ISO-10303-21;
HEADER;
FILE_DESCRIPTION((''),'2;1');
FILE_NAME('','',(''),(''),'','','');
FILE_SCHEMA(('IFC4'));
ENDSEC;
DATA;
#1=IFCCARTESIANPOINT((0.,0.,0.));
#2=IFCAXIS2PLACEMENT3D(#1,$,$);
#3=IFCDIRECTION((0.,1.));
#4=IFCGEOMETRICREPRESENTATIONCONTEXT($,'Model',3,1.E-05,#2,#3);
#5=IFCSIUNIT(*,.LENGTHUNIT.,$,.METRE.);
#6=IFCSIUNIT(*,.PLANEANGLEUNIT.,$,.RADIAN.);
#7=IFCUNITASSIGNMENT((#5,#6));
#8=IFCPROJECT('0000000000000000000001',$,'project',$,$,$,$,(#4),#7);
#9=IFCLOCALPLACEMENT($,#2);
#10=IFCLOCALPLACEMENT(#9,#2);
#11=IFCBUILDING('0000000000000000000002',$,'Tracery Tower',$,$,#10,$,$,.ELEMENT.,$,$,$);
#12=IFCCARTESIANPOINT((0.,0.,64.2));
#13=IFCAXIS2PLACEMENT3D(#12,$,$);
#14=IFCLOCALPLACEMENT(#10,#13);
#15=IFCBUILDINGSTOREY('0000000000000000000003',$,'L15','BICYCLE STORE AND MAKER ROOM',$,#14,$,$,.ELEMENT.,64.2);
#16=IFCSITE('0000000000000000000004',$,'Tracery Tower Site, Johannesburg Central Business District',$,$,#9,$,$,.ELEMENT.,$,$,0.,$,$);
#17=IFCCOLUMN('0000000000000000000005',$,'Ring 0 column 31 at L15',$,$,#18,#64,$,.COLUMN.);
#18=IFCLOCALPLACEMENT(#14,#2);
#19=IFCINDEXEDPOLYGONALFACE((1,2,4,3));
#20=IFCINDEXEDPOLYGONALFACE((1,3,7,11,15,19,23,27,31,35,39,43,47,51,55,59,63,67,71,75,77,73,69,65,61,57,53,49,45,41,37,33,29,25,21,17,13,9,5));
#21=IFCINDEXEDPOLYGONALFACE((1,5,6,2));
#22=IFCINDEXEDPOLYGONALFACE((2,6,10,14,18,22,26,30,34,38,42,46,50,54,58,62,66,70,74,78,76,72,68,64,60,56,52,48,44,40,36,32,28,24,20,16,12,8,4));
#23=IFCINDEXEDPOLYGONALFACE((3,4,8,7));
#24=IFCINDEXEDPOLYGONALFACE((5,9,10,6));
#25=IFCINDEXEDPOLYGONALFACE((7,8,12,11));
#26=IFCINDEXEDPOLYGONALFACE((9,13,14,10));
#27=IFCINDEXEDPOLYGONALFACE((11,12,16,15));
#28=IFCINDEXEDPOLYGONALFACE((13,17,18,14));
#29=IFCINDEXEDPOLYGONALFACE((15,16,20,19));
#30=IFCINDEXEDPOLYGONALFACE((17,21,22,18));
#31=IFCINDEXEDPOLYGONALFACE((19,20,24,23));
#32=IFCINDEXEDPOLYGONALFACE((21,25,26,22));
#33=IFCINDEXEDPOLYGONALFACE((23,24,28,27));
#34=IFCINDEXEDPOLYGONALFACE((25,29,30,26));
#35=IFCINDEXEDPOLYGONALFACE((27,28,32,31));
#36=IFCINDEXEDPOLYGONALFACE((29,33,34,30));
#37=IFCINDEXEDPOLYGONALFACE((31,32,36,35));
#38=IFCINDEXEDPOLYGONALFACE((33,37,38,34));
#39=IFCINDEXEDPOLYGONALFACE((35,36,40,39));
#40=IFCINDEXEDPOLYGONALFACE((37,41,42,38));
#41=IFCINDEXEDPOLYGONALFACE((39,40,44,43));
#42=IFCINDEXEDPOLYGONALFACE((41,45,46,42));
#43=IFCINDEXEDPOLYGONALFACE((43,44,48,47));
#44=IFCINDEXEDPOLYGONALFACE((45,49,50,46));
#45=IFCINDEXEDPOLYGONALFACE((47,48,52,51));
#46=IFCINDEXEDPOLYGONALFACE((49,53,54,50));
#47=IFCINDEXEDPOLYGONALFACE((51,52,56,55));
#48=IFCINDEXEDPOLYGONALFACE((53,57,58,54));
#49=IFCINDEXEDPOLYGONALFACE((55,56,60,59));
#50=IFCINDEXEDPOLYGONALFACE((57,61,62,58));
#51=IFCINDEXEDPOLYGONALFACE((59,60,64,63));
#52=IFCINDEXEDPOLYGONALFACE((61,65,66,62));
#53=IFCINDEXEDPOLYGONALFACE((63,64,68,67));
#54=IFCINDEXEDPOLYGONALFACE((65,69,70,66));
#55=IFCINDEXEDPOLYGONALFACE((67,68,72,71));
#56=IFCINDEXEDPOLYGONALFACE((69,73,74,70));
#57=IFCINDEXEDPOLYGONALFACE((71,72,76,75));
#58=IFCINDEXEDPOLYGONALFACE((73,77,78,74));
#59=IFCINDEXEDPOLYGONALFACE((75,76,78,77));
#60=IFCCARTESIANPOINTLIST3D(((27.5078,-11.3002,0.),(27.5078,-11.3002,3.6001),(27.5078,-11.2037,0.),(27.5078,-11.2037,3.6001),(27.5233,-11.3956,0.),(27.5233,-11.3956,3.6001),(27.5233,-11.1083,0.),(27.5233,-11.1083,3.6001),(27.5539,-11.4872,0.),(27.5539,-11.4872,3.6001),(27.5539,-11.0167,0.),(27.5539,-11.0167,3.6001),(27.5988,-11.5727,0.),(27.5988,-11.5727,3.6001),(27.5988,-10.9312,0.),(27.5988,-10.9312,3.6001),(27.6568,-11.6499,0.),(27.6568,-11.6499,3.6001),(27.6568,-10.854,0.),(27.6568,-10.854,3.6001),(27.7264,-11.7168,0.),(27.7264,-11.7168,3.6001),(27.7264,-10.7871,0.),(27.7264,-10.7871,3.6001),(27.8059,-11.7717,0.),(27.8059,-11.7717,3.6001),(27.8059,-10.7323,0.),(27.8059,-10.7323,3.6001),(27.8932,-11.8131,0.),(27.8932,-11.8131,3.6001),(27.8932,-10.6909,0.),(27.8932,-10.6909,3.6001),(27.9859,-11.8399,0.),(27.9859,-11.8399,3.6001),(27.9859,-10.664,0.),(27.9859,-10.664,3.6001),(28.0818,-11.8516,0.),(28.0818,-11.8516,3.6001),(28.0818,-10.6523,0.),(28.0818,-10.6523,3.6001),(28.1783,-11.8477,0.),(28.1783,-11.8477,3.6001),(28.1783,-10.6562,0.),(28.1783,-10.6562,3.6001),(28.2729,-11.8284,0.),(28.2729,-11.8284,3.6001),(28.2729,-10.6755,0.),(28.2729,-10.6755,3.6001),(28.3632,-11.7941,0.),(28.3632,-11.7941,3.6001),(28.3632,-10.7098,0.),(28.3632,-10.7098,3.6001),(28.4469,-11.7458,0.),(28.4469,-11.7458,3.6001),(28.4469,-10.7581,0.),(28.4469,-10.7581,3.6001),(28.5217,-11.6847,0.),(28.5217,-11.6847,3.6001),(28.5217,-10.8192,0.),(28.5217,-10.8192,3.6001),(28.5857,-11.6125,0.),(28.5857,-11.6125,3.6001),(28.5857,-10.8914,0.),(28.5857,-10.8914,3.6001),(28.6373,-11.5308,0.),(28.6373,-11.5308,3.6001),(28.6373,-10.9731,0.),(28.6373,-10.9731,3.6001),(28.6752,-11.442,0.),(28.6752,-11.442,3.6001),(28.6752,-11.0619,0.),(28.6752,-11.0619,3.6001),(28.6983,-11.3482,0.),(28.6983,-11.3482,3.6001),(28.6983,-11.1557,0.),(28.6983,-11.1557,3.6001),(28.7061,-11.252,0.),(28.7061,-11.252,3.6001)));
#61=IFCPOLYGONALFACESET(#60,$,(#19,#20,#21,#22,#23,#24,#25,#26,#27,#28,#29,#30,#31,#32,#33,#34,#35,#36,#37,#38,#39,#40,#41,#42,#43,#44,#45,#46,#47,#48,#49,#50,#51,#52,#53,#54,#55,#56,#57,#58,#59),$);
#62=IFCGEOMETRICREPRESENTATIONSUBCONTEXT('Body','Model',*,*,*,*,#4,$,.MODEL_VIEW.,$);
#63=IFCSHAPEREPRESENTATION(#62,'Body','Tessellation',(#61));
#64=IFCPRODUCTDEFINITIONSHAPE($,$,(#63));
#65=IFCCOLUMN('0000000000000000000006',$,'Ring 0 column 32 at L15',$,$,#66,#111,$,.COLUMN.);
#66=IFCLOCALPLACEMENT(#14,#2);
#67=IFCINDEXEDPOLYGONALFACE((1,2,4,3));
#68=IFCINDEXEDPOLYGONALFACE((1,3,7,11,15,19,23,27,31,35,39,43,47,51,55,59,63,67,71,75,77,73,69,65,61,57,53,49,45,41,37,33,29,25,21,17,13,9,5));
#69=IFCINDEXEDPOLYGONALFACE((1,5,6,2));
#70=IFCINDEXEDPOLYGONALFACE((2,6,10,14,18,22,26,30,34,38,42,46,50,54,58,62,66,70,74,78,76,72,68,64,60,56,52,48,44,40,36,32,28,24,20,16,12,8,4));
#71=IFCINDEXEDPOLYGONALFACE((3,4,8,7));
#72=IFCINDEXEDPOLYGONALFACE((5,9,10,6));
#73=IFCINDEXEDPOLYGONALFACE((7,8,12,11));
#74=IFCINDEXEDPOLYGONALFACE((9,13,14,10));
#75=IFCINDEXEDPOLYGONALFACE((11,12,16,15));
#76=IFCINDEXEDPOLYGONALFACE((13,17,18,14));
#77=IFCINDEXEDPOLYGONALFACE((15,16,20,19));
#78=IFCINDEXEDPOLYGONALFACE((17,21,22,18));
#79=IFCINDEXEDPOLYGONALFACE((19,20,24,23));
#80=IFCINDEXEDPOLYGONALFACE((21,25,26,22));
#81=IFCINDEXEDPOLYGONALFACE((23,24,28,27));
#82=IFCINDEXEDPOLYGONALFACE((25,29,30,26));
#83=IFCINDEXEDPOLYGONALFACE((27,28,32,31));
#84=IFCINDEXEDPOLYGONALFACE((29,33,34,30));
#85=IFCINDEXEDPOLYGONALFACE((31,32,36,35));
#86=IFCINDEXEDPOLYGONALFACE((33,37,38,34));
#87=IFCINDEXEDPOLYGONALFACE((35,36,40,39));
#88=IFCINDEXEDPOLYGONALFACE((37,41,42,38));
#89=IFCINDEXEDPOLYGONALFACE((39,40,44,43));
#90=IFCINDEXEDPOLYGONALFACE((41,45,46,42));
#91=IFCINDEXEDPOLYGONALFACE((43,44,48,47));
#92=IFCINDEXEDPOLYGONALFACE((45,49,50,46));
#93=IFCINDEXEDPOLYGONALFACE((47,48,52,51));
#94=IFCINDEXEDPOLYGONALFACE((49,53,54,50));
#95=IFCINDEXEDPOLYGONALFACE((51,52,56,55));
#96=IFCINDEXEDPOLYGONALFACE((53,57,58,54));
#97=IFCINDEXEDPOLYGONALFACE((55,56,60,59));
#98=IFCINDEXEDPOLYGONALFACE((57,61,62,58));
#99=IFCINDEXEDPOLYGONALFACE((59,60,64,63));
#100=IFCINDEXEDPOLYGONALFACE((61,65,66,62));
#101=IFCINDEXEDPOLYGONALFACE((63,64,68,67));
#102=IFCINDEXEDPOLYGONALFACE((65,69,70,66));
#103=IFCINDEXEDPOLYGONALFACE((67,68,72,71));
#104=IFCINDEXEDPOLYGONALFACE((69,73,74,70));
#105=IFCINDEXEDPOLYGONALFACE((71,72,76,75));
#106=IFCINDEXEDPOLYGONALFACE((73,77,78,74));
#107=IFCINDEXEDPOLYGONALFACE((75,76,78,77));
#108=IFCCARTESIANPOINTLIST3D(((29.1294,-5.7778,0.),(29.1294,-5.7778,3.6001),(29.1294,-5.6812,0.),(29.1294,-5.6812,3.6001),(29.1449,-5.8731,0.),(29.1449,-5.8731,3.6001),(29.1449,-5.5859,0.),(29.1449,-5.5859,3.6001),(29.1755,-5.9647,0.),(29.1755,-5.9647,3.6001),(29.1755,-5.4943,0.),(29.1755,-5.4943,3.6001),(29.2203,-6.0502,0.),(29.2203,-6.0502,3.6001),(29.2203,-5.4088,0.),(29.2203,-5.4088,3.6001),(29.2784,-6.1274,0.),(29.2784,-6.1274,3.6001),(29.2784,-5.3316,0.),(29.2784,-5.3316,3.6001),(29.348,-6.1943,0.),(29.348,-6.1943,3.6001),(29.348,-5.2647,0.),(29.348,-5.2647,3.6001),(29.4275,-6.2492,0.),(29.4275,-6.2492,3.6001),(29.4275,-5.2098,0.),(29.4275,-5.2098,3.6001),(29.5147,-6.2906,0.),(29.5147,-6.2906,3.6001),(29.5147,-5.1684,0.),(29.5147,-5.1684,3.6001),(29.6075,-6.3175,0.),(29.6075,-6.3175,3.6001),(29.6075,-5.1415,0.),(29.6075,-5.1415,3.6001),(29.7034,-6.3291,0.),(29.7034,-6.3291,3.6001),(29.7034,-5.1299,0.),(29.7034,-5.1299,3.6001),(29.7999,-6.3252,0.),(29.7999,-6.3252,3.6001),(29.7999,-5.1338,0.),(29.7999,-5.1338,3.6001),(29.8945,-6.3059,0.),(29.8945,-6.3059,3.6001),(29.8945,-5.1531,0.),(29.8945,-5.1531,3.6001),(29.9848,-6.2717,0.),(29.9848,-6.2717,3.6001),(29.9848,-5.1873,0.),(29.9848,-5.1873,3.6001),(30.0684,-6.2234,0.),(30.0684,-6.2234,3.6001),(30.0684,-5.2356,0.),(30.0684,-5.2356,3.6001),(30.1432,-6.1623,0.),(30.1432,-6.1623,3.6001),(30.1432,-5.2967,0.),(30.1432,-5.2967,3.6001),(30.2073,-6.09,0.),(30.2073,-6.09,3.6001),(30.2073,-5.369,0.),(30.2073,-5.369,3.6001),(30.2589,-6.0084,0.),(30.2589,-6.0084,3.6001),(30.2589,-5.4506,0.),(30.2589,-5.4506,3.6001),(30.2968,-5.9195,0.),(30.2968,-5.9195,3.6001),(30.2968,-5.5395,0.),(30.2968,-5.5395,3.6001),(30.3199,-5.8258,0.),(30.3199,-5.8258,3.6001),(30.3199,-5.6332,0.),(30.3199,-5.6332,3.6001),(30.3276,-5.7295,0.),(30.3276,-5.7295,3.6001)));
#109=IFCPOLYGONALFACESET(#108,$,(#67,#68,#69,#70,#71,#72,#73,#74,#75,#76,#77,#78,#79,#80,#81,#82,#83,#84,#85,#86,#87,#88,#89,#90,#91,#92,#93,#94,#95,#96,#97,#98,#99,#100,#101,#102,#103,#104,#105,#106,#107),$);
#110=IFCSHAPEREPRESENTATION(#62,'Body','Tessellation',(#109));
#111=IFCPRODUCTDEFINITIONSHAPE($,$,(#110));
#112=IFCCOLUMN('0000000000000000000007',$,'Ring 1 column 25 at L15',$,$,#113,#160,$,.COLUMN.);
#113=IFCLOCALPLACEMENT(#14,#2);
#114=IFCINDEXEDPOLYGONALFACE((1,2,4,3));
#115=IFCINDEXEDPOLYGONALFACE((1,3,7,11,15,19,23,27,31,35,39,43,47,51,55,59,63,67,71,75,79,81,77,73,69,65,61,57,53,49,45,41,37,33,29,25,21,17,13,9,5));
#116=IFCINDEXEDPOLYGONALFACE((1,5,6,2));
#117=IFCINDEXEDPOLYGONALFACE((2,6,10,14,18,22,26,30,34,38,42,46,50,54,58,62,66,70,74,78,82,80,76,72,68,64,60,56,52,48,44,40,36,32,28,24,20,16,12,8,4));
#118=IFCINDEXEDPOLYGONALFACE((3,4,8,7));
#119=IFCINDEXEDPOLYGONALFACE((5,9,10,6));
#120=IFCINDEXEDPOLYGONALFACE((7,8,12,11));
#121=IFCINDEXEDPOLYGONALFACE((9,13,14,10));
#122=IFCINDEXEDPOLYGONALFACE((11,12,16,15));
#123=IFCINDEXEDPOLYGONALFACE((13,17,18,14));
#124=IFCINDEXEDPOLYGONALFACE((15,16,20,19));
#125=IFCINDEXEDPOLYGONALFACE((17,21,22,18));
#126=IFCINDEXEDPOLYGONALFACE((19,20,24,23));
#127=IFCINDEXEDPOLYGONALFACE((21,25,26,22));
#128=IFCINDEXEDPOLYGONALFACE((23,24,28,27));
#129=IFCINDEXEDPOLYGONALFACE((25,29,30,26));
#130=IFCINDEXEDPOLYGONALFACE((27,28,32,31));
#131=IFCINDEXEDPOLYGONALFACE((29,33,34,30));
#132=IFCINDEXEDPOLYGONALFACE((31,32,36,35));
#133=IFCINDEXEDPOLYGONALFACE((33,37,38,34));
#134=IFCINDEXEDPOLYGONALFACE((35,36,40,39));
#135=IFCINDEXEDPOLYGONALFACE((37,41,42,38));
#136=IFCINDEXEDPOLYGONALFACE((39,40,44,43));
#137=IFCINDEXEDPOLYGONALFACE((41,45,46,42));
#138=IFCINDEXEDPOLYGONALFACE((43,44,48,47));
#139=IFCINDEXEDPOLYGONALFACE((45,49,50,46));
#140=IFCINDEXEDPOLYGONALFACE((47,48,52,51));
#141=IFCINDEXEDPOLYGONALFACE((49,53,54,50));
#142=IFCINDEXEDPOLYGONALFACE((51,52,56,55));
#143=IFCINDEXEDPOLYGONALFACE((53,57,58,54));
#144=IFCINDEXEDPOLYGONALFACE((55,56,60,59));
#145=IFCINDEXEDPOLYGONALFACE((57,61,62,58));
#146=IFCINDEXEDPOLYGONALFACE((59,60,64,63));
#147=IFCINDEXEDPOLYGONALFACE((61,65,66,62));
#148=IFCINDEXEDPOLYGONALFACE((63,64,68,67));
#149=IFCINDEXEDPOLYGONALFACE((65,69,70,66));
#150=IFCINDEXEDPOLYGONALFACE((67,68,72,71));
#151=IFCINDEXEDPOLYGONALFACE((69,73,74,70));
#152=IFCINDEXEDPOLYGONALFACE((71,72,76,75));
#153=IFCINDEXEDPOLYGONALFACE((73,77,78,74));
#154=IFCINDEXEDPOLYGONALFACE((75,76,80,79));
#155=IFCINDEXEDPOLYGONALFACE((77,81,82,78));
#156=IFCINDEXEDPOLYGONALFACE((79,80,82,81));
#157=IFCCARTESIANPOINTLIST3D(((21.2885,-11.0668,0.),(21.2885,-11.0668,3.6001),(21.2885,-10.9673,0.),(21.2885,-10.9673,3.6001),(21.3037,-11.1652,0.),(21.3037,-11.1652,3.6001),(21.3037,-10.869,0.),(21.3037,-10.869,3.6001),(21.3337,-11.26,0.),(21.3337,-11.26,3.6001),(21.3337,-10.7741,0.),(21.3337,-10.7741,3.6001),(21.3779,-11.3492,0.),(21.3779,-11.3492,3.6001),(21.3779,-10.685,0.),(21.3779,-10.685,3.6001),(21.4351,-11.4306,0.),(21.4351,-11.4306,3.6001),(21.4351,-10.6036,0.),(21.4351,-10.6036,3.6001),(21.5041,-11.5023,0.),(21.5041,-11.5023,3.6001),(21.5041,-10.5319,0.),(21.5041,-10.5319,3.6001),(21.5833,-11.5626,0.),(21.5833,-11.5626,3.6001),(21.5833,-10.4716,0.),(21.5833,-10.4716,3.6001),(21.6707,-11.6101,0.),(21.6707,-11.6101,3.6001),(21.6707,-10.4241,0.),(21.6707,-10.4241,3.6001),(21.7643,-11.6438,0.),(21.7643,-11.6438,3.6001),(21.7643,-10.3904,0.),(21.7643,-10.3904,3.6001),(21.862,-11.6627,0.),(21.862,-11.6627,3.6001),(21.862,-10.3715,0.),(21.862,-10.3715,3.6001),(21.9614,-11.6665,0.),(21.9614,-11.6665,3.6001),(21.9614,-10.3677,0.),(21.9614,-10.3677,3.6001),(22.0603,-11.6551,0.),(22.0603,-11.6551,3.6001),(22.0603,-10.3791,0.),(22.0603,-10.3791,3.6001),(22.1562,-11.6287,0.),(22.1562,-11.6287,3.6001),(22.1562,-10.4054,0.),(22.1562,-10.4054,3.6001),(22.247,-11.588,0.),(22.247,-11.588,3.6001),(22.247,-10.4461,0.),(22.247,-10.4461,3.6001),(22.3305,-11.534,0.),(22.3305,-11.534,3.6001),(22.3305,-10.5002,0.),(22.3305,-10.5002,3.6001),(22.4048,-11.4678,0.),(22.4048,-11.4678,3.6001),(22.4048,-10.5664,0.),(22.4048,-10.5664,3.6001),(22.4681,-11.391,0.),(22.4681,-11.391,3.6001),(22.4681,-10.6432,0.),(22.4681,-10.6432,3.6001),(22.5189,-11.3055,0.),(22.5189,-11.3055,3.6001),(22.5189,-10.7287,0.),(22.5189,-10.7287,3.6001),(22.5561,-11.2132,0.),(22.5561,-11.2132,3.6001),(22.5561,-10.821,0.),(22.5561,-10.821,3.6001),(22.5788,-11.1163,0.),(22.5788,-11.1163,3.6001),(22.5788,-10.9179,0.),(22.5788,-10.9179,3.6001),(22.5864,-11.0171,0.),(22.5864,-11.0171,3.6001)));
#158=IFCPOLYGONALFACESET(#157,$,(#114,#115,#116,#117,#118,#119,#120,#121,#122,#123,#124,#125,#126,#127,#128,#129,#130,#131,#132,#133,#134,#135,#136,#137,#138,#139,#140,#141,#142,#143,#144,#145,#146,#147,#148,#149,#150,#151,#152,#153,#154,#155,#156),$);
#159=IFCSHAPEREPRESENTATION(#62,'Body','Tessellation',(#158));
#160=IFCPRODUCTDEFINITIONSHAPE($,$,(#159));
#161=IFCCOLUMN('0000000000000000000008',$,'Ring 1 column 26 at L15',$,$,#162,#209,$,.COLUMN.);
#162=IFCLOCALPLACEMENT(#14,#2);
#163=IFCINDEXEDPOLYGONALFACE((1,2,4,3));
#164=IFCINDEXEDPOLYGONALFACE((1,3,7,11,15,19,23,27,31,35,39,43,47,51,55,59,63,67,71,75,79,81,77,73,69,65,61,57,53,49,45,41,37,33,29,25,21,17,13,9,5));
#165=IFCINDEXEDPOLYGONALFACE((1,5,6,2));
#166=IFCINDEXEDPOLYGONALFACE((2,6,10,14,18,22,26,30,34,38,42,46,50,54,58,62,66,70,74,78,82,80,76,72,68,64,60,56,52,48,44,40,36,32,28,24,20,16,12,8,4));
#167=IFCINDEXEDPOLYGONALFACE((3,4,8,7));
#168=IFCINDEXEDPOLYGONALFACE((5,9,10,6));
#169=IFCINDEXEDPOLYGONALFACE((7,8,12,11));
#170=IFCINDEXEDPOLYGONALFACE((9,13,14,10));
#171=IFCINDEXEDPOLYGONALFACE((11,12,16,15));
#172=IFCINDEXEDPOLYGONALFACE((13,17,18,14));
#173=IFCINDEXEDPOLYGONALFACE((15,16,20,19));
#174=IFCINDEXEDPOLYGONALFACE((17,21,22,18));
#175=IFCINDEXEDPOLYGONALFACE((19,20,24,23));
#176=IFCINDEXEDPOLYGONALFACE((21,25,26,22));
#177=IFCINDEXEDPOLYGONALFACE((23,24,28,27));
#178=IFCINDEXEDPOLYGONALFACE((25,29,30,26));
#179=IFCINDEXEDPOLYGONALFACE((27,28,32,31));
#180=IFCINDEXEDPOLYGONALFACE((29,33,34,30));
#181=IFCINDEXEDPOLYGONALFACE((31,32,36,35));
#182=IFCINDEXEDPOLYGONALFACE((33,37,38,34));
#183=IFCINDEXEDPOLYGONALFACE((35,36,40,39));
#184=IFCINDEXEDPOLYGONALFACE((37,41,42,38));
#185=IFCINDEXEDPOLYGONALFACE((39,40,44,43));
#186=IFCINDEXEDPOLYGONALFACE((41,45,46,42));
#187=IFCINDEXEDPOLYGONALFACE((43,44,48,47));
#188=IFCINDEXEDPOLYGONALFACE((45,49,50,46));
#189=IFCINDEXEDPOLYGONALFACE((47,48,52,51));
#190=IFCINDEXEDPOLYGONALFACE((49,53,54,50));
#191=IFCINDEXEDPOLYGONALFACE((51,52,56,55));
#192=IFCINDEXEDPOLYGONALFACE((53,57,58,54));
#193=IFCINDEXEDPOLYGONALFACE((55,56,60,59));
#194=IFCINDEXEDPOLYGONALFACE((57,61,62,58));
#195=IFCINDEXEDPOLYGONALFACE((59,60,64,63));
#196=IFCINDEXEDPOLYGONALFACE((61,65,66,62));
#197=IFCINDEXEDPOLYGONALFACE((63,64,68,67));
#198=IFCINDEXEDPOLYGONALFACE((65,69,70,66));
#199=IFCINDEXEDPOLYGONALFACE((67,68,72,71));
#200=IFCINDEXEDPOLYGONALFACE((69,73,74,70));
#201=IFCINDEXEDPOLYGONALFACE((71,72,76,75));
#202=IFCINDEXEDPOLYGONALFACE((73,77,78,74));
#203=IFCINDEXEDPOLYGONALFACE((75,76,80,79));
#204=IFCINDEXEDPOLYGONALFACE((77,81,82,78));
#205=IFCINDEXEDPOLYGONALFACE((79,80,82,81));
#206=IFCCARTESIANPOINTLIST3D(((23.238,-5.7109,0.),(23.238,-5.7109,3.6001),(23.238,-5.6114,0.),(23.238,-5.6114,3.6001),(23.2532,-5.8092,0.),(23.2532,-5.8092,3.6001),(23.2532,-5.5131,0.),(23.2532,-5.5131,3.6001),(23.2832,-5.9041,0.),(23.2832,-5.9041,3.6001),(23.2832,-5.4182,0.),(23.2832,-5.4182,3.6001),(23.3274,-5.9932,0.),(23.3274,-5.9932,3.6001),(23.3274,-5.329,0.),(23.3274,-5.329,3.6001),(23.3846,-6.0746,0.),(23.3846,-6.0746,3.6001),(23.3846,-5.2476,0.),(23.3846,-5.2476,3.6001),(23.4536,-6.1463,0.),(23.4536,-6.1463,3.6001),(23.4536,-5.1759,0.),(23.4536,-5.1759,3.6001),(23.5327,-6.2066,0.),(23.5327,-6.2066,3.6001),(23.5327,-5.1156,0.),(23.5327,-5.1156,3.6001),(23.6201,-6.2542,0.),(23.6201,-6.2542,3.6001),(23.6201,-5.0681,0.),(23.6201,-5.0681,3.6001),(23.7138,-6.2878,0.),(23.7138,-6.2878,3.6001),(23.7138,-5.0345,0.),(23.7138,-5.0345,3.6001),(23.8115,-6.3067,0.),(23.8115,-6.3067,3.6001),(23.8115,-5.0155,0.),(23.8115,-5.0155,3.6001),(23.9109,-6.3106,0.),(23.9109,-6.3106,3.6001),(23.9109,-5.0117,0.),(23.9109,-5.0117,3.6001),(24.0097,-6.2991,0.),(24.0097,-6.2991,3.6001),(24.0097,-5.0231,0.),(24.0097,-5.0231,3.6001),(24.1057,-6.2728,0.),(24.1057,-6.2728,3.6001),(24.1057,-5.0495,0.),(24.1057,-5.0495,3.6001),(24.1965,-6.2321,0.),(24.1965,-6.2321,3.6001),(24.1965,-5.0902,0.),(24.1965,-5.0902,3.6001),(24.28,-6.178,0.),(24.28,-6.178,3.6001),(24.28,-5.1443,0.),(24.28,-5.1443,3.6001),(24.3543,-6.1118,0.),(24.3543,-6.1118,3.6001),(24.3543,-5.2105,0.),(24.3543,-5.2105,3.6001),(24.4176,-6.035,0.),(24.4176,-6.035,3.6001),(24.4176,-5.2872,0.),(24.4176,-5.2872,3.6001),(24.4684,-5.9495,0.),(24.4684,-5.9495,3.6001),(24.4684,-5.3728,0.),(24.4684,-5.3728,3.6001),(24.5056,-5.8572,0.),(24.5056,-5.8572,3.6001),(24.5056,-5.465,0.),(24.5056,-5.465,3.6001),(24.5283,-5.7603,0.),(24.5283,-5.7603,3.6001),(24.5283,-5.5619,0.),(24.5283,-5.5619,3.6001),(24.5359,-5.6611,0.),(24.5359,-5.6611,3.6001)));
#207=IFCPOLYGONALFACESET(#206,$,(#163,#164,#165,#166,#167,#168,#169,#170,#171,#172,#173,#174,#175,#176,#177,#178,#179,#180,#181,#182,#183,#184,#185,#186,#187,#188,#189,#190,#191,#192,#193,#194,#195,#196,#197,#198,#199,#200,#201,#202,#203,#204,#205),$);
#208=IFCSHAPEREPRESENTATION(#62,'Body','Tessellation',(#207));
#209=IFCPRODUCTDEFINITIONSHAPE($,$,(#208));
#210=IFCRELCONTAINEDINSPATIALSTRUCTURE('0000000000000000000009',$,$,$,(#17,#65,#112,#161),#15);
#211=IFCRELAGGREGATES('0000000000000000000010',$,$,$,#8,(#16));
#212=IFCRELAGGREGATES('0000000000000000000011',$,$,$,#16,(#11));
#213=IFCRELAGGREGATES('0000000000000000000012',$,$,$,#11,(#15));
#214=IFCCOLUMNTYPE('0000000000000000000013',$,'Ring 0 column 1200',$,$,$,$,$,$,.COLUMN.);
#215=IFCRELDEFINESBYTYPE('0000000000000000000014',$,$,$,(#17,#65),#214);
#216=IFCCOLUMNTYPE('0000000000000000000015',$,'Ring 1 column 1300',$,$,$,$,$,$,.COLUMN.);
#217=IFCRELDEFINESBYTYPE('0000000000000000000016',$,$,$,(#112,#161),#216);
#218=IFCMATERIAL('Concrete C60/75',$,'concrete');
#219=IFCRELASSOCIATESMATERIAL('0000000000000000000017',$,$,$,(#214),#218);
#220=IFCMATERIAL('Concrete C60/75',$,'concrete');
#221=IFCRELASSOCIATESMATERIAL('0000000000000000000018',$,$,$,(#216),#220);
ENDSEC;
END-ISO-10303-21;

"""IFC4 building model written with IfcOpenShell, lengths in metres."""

from ifc_helpers import new_model, si_unit, direction, frame, origin, origin_2d, place, context, subcontext, project, spatial, circle, extrude, material, material_profile, profile_set, type_object, element, save


model = new_model("IFC4")

# Units and contexts
model_context = context("Model", 3, precision=1e-05, world=origin(), true_north=direction((0.0, 1.0)))
body_context = subcontext(model_context, "Body", "Model", "MODEL_VIEW")
ifc_project = project(units=[si_unit("LENGTHUNIT", "METRE"), si_unit("PLANEANGLEUNIT", "RADIAN")], contexts=[model_context])

# Site, building, storey
site_placement = place(None, origin())
site = spatial("IfcSite", under=ifc_project, at=site_placement, Name="Tracery Tower Site, Johannesburg Central Business District", CompositionType="ELEMENT", RefElevation=0.0)
building_placement = place(site_placement, origin())
building = spatial("IfcBuilding", under=site, at=building_placement, Name="Tracery Tower", CompositionType="ELEMENT")
storey_placement = place(building_placement, frame((0.0, 0.0, 64.2)))
storey = spatial("IfcBuildingStorey", under=building, at=storey_placement, Name="L15", Description="BICYCLE STORE AND MAKER ROOM", CompositionType="ELEMENT", Elevation=64.2)

# Columns
ifc_material_1 = material(Name="Concrete C60/75", Category="concrete")
ifc_material_profile_1 = material_profile(ifc_material_1, circle(Radius=0.6001, at=origin_2d()), Name="RC D1200")
ifc_profile_set_1 = profile_set([ifc_material_profile_1], Name="Concrete C60/75")
column_type_1 = type_object("IfcColumnType", Name="Ring 0 column 1200", PredefinedType="COLUMN", material=ifc_profile_set_1)
for number, where, z_axis, x_axis, name in (
    (1, (28.106, -11.252, 0.0), (0.0, 0.0, 1.0), (1.0, 0.0, 0.0), "Ring 0 column 31 at L15"),
    (2, (29.7275, -5.7295, 0.0), (0.0, 0.0, 1.0), (1.0, 0.0, 0.0), "Ring 0 column 32 at L15"),
):
    element("IfcColumn", number, at=place(storey_placement, frame(where, z_axis=z_axis, x_axis=x_axis)), inside=storey, type_object=column_type_1, Name=name, PredefinedType="COLUMN", context=body_context, shape_type="SweptSolid", body=[
        extrude(circle(Radius=0.6001, at=origin_2d()), origin(), (0.0, 0.0, 1.0), 3.6001),
    ])
ifc_material_2 = material(Name="Concrete C60/75", Category="concrete")
ifc_material_profile_2 = material_profile(ifc_material_2, circle(Radius=0.6499, at=origin_2d()), Name="RC D1300")
ifc_profile_set_2 = profile_set([ifc_material_profile_2], Name="Concrete C60/75")
column_type_2 = type_object("IfcColumnType", Name="Ring 1 column 1300", PredefinedType="COLUMN", material=ifc_profile_set_2)
for number, where, z_axis, x_axis, name in (
    (3, (21.9365, -11.0171, 0.0), (0.0, 0.0, 1.0), (1.0, 0.0, 0.0), "Ring 1 column 25 at L15"),
    (4, (23.886, -5.6611, 0.0), (0.0, 0.0, 1.0), (1.0, 0.0, 0.0), "Ring 1 column 26 at L15"),
):
    element("IfcColumn", number, at=place(storey_placement, frame(where, z_axis=z_axis, x_axis=x_axis)), inside=storey, type_object=column_type_2, Name=name, PredefinedType="COLUMN", context=body_context, shape_type="SweptSolid", body=[
        extrude(circle(Radius=0.6499, at=origin_2d()), origin(), (0.0, 0.0, 1.0), 3.6001),
    ])

save(model, "model.ifc")
